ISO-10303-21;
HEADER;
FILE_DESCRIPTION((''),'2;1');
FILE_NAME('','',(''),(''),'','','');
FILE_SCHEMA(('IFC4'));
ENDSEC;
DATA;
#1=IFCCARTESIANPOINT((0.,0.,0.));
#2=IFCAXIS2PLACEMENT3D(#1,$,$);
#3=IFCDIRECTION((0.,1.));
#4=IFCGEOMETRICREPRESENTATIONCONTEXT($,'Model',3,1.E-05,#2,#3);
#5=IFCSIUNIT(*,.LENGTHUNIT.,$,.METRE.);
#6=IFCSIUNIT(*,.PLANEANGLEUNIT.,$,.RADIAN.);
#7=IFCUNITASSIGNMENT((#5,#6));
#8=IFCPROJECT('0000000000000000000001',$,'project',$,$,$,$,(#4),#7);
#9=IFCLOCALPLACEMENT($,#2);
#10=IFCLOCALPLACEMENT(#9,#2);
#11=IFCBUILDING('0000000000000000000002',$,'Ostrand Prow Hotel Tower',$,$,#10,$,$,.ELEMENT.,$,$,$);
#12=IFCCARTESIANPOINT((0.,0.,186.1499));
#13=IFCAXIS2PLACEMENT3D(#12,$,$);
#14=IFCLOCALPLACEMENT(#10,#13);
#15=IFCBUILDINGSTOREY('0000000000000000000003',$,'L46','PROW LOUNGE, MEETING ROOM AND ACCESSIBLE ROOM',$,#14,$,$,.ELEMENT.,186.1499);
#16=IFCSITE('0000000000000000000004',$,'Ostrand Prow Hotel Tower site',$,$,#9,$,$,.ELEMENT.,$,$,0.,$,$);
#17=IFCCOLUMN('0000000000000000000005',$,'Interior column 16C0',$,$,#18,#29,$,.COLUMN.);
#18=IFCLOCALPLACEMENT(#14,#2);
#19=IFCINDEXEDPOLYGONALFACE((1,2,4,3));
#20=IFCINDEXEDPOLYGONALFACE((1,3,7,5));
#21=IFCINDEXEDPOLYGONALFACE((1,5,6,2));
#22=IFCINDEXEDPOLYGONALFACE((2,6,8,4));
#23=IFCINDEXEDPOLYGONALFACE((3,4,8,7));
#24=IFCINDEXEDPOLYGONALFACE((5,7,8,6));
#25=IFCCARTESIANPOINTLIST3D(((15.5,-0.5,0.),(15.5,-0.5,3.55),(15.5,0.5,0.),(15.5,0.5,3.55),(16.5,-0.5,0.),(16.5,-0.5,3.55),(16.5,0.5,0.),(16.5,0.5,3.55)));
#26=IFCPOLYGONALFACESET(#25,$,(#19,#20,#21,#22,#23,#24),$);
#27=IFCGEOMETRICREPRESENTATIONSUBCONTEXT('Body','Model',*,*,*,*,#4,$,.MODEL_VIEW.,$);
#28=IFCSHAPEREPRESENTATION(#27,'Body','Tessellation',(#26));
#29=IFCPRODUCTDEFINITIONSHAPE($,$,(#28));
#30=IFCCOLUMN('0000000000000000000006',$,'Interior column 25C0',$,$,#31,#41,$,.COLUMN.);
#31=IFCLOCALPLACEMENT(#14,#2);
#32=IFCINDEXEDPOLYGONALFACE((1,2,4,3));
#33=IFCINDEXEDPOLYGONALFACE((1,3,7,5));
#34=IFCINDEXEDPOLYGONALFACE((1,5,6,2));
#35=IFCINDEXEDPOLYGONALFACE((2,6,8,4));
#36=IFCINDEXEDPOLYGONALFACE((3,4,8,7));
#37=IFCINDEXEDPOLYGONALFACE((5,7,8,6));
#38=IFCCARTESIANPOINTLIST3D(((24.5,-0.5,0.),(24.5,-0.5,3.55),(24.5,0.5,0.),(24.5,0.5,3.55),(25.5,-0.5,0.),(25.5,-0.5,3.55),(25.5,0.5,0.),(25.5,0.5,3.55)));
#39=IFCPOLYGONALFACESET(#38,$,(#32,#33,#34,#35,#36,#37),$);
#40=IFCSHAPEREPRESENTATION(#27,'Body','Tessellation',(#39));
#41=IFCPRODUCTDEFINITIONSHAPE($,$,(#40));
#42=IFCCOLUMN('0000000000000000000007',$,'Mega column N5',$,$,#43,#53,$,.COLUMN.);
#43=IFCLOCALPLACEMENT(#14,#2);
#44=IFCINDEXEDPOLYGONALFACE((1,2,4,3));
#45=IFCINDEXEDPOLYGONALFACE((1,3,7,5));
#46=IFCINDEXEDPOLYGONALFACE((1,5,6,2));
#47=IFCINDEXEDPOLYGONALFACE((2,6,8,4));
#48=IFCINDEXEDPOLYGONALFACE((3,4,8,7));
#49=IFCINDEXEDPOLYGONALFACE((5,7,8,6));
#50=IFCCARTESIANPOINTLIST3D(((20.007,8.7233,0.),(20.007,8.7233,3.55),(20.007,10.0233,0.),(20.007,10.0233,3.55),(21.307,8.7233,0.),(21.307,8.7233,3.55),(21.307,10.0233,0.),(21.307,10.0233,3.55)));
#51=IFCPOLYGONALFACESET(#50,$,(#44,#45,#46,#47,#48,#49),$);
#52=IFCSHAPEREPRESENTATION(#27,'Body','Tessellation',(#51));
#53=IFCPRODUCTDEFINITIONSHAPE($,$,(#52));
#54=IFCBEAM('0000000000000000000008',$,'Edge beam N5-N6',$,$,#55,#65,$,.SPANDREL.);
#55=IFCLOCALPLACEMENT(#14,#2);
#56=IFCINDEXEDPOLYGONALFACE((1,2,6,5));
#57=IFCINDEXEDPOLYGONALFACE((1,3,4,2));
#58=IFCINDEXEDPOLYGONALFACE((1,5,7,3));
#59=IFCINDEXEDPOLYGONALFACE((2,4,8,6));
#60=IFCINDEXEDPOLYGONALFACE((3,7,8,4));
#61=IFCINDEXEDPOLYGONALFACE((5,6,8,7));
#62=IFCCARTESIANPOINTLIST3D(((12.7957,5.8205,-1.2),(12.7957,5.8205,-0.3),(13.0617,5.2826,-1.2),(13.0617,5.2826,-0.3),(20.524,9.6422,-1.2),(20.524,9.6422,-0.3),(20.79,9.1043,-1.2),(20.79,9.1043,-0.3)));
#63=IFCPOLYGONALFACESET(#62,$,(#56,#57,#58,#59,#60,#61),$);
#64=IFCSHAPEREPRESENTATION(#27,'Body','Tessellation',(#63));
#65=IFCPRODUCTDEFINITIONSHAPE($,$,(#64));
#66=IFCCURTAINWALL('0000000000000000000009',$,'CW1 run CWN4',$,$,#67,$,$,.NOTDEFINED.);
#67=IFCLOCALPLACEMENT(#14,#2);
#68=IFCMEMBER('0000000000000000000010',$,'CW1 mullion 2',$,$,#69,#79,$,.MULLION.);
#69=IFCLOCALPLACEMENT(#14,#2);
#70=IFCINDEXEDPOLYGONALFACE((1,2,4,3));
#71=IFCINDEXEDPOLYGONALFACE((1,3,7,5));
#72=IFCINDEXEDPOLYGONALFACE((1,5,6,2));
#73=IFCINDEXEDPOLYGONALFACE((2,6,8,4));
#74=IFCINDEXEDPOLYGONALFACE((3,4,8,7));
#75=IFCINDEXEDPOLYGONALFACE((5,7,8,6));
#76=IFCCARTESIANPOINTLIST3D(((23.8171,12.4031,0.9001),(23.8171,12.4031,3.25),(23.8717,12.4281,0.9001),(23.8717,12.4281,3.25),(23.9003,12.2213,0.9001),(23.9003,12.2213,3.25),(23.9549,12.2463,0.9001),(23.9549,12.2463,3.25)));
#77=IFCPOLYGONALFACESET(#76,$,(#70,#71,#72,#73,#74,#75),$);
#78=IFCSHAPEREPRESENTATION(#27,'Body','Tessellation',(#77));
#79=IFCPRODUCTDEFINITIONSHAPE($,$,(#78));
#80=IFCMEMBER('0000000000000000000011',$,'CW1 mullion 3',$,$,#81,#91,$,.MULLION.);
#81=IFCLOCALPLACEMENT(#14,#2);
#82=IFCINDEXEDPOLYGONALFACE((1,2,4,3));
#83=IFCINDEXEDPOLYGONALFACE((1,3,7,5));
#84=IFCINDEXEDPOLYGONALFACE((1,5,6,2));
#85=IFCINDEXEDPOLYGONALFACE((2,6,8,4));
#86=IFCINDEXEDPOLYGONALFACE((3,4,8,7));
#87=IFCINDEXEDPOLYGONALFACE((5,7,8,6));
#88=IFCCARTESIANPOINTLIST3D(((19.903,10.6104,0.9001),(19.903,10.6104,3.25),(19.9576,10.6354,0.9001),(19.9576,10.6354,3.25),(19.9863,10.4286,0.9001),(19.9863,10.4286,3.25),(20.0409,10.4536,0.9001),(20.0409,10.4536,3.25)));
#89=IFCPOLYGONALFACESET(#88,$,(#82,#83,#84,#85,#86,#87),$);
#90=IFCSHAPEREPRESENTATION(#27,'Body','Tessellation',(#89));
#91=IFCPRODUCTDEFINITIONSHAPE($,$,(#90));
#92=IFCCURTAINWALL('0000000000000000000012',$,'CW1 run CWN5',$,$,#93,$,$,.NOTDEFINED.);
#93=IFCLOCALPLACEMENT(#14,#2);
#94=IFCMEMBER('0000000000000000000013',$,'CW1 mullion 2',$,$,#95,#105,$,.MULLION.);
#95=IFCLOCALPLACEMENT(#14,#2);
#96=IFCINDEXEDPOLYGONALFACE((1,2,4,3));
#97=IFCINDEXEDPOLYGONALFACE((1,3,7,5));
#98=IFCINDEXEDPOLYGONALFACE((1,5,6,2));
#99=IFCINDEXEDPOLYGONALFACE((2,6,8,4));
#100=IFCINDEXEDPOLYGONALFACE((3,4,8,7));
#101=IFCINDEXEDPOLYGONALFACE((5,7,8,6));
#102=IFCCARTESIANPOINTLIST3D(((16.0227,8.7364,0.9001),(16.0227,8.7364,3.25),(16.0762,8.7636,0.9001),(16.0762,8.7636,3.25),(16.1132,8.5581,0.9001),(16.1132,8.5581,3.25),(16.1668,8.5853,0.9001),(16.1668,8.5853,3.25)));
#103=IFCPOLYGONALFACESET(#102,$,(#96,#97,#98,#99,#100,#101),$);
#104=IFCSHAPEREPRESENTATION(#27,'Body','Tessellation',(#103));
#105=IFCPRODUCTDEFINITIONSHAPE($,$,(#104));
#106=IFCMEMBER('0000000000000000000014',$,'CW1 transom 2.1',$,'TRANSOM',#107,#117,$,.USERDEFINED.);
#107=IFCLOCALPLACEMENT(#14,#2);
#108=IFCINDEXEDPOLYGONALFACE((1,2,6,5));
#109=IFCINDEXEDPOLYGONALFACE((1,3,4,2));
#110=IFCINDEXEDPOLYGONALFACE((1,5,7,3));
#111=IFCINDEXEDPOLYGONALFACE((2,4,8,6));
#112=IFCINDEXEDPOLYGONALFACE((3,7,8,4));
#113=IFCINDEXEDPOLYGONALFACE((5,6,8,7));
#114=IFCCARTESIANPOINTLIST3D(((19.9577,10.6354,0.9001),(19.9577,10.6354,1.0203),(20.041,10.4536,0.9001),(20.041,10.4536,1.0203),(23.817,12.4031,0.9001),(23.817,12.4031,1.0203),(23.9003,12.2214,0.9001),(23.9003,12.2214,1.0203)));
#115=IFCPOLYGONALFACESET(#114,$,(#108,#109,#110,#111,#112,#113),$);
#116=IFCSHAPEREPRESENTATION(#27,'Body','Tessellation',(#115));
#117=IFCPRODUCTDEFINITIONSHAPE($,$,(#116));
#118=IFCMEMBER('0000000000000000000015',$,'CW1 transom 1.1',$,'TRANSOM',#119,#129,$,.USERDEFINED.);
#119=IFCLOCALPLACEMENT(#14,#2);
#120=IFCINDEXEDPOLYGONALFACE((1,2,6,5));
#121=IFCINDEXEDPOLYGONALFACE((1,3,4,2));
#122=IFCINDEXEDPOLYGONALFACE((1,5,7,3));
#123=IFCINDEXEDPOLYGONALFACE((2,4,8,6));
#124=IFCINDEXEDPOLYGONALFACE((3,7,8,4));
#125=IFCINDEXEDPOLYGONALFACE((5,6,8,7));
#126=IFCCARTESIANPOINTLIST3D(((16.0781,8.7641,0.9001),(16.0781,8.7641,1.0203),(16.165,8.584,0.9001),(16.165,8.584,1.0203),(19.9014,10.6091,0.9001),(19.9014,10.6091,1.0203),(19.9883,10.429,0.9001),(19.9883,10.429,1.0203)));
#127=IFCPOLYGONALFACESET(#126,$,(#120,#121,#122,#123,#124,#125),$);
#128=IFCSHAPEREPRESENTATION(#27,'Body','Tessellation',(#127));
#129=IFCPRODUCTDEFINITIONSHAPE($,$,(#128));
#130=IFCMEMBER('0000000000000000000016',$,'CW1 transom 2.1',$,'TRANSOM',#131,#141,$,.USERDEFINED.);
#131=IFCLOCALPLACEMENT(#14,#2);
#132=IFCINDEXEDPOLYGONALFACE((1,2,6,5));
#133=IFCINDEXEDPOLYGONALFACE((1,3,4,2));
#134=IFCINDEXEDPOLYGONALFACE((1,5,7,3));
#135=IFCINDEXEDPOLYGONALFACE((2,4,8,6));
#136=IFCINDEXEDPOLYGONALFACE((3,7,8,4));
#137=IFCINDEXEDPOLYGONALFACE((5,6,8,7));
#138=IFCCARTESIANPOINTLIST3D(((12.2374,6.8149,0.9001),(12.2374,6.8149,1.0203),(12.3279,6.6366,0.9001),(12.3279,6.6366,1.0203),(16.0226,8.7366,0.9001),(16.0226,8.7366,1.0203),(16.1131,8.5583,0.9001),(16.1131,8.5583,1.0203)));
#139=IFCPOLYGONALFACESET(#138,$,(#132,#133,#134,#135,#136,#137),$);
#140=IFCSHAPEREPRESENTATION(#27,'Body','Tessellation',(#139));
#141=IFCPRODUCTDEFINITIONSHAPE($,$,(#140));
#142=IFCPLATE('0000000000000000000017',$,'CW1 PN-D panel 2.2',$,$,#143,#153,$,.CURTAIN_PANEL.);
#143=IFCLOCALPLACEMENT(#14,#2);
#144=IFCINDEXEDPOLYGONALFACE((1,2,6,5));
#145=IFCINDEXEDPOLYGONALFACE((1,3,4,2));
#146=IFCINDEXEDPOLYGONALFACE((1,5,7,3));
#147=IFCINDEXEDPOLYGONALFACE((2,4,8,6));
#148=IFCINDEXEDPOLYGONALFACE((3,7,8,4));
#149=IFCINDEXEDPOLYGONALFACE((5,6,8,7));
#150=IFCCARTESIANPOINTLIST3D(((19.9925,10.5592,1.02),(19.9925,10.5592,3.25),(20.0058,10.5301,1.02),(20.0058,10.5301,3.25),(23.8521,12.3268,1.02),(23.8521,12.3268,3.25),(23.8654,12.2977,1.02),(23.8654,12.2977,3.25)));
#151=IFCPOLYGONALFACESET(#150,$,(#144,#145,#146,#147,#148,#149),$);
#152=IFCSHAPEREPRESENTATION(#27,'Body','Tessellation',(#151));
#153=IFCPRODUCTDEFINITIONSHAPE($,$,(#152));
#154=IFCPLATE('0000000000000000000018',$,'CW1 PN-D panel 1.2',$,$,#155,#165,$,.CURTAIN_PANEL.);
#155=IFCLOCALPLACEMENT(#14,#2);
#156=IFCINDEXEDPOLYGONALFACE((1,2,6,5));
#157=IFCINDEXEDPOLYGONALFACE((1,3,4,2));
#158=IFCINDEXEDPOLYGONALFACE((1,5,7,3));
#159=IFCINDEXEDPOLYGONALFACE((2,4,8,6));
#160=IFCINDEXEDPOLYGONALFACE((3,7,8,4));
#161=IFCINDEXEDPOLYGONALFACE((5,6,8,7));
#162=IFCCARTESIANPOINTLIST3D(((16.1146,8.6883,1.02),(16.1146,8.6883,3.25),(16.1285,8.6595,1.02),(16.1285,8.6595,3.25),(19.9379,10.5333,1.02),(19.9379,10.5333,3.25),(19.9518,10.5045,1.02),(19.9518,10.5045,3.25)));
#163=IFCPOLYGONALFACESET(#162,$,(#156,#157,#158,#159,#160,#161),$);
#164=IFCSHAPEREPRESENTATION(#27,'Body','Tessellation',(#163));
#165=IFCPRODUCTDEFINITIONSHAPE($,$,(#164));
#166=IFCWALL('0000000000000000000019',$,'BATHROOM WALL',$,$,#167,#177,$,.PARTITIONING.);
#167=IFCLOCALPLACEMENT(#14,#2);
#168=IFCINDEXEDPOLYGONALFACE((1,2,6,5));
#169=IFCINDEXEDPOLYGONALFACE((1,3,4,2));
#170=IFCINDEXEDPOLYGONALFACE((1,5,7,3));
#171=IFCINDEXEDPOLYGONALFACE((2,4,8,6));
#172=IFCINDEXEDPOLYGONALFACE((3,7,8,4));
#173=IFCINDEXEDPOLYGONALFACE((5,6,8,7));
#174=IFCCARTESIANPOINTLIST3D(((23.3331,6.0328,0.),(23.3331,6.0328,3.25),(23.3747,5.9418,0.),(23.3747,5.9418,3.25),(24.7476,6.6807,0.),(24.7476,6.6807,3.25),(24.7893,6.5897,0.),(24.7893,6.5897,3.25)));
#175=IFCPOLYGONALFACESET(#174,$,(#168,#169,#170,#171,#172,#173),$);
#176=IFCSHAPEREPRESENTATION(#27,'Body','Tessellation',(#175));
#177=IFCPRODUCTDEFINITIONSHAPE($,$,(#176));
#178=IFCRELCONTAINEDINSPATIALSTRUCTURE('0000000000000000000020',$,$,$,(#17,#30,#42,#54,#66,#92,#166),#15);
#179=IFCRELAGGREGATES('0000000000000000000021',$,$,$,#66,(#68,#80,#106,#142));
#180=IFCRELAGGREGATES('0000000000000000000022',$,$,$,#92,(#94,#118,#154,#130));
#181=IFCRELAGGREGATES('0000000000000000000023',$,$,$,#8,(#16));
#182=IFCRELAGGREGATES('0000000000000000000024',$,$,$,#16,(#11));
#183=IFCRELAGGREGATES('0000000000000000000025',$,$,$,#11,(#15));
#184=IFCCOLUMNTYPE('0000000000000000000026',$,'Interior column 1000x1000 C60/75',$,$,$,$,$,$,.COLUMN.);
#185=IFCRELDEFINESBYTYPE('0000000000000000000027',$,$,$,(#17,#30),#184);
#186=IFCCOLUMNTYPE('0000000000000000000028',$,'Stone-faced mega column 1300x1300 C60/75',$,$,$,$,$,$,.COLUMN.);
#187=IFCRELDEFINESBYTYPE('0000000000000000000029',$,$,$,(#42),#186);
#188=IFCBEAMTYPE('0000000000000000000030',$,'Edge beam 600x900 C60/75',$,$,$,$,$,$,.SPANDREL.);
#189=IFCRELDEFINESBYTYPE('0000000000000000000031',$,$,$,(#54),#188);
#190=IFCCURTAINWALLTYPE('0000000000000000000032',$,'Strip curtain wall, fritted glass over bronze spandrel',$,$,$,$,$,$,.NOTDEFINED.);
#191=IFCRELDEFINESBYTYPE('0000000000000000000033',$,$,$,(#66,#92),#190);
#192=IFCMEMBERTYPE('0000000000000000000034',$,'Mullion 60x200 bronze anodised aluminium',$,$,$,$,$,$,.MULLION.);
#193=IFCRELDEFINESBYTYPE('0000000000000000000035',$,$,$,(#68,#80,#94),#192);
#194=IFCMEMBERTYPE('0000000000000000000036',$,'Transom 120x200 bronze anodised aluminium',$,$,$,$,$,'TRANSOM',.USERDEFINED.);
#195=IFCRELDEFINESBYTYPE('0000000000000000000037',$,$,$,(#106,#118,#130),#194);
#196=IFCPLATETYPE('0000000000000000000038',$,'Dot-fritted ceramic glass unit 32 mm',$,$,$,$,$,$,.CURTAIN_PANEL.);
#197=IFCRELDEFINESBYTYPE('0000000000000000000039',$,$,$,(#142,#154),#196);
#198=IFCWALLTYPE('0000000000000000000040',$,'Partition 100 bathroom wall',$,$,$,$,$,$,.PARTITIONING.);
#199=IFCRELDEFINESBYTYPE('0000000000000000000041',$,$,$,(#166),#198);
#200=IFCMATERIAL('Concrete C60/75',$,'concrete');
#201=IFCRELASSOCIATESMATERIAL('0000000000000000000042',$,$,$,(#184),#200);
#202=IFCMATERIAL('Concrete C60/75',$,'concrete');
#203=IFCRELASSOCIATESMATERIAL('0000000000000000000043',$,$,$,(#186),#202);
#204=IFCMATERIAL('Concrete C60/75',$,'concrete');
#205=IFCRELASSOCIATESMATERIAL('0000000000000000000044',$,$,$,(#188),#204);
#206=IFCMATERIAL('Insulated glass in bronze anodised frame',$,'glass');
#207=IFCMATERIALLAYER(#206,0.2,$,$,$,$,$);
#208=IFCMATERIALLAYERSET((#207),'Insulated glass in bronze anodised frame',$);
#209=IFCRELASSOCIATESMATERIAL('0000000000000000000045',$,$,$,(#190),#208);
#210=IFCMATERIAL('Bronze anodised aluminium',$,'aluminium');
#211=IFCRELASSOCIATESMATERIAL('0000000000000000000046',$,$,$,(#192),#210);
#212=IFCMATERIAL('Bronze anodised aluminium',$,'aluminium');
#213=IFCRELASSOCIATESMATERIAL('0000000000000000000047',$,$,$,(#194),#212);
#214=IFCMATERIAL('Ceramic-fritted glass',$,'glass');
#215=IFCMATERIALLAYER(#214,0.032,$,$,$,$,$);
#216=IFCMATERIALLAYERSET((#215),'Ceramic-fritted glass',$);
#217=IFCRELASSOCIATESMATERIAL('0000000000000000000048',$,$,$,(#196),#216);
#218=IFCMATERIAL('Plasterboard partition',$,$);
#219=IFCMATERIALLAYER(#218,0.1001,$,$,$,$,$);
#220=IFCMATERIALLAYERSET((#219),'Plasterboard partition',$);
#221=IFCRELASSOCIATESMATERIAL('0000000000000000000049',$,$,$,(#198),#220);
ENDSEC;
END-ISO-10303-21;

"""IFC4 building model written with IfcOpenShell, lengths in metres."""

from ifc_helpers import new_model, si_unit, direction, frame, frame_2d, origin, origin_2d, place, context, subcontext, project, spatial, rectangle, extrude, material, layer, layer_set, material_profile, profile_set, type_object, element, aggregate, save


model = new_model("IFC4")

# Units and contexts
model_context = context("Model", 3, precision=1e-05, world=origin(), true_north=direction((0.0, 1.0)))
body_context = subcontext(model_context, "Body", "Model", "MODEL_VIEW")
ifc_project = project(units=[si_unit("LENGTHUNIT", "METRE"), si_unit("PLANEANGLEUNIT", "RADIAN")], contexts=[model_context])

# Site, building, storey
site_placement = place(None, origin())
site = spatial("IfcSite", under=ifc_project, at=site_placement, Name="Ostrand Prow Hotel Tower site", CompositionType="ELEMENT", RefElevation=0.0)
building_placement = place(site_placement, origin())
building = spatial("IfcBuilding", under=site, at=building_placement, Name="Ostrand Prow Hotel Tower", CompositionType="ELEMENT")
storey_placement = place(building_placement, frame((0.0, 0.0, 186.1499)))
storey = spatial("IfcBuildingStorey", under=building, at=storey_placement, Name="L46", Description="PROW LOUNGE, MEETING ROOM AND ACCESSIBLE ROOM", CompositionType="ELEMENT", Elevation=186.1499)

# Columns
ifc_material_1 = material(Name="Concrete C60/75", Category="concrete")
ifc_material_profile_1 = material_profile(ifc_material_1, rectangle(XDim=1.0, YDim=1.0, at=origin_2d()), Name="RC 1000x1000")
ifc_profile_set_1 = profile_set([ifc_material_profile_1], Name="Concrete C60/75")
column_type_1 = type_object("IfcColumnType", Name="Interior column 1000x1000 C60/75", PredefinedType="COLUMN", material=ifc_profile_set_1)
for number, where, z_axis, x_axis, name in (
    (1, (16.0, 0.0, 0.0), (0.0, 0.0, 1.0), (1.0, 0.0, 0.0), "Interior column 16C0"),
    (2, (25.0, 0.0, 0.0), (0.0, 0.0, 1.0), (1.0, 0.0, 0.0), "Interior column 25C0"),
):
    element("IfcColumn", number, at=place(storey_placement, frame(where, z_axis=z_axis, x_axis=x_axis)), inside=storey, type_object=column_type_1, Name=name, PredefinedType="COLUMN", context=body_context, shape_type="SweptSolid", body=[
        extrude(rectangle(XDim=1.0, YDim=1.0, at=origin_2d()), origin(), (0.0, 0.0, 1.0), 3.55),
    ])
ifc_material_2 = material(Name="Concrete C60/75", Category="concrete")
ifc_material_profile_2 = material_profile(ifc_material_2, rectangle(XDim=1.3, YDim=1.3, at=origin_2d()), Name="RC 1300x1300")
ifc_profile_set_2 = profile_set([ifc_material_profile_2], Name="Concrete C60/75")
column_type_2 = type_object("IfcColumnType", Name="Stone-faced mega column 1300x1300 C60/75", PredefinedType="COLUMN", material=ifc_profile_set_2)
column_placement = place(storey_placement, frame((20.657, 9.3733, 0.0), z_axis=(0.0, 0.0, 1.0), x_axis=(1.0, 0.0, 0.0)))
element("IfcColumn", 3, at=column_placement, inside=storey, type_object=column_type_2, Name="Mega column N5", PredefinedType="COLUMN", context=body_context, shape_type="SweptSolid", body=[
    extrude(rectangle(XDim=1.3, YDim=1.3, at=origin_2d()), origin(), (0.0, 0.0, 1.0), 3.55),
])

# Beam
ifc_material_3 = material(Name="Concrete C60/75", Category="concrete")
ifc_material_profile_3 = material_profile(ifc_material_3, rectangle(XDim=0.6001, YDim=0.8999, at=origin_2d()), Name="RC 600x900")
ifc_profile_set_3 = profile_set([ifc_material_profile_3], Name="Concrete C60/75")
beam_type = type_object("IfcBeamType", Name="Edge beam 600x900 C60/75", PredefinedType="SPANDREL", material=ifc_profile_set_3)
beam_placement = place(storey_placement, frame((20.657, 9.3733, -0.75), z_axis=(-0.896384, -0.443279, 0.0), x_axis=(0.443279, -0.896384, 0.0)))
element("IfcBeam", 4, at=beam_placement, inside=storey, type_object=beam_type, Name="Edge beam N5-N6", PredefinedType="SPANDREL", context=body_context, shape_type="SweptSolid", body=[
    extrude(rectangle(XDim=0.6001, YDim=0.8999, at=origin_2d()), origin(), (0.0, 0.0, 1.0), 8.6216),
])

# Curtain wall, members
ifc_material_4 = material(Name="Insulated glass in bronze anodised frame", Category="glass")
ifc_layer_1 = layer(ifc_material_4, 0.2)
ifc_layer_set_1 = layer_set([ifc_layer_1], Name="Insulated glass in bronze anodised frame")
curtain_wall_type = type_object("IfcCurtainWallType", Name="Strip curtain wall, fritted glass over bronze spandrel", PredefinedType="NOTDEFINED", material=ifc_layer_set_1)
curtain_wall_1_placement = place(storey_placement, origin())
curtain_wall_1 = element("IfcCurtainWall", 5, at=curtain_wall_1_placement, inside=storey, type_object=curtain_wall_type, Name="CW1 run CWN4", PredefinedType="NOTDEFINED")
ifc_material_5 = material(Name="Bronze anodised aluminium", Category="aluminium")
ifc_material_profile_4 = material_profile(ifc_material_5, rectangle(XDim=0.2, YDim=0.0601, at=origin_2d()), Name="Mullion 60x200 bronze anodised aluminium")
ifc_profile_set_4 = profile_set([ifc_material_profile_4], Name="Bronze anodised aluminium")
member_type_1 = type_object("IfcMemberType", Name="Mullion 60x200 bronze anodised aluminium", PredefinedType="MULLION", material=ifc_profile_set_4)
member_1_placement = place(storey_placement, frame((23.886, 12.3247, 0.9001), z_axis=(0.0, 0.0, 1.0), x_axis=(0.416393, -0.909185, 0.0)))
member_1 = element("IfcMember", 6, at=member_1_placement, type_object=member_type_1, Name="CW1 mullion 2", PredefinedType="MULLION", context=body_context, shape_type="SweptSolid", body=[
    extrude(rectangle(XDim=0.2, YDim=0.0601, at=origin_2d()), origin(), (0.0, 0.0, 1.0), 2.3499),
])
member_2_placement = place(storey_placement, frame((19.9719, 10.532, 0.9001), z_axis=(0.0, 0.0, 1.0), x_axis=(0.416393, -0.909185, 0.0)))
member_2 = element("IfcMember", 7, at=member_2_placement, type_object=member_type_1, Name="CW1 mullion 3", PredefinedType="MULLION", context=body_context, shape_type="SweptSolid", body=[
    extrude(rectangle(XDim=0.2, YDim=0.0601, at=origin_2d()), origin(), (0.0, 0.0, 1.0), 2.3499),
])

# Curtain wall, member
curtain_wall_2_placement = place(storey_placement, origin())
curtain_wall_2 = element("IfcCurtainWall", 8, at=curtain_wall_2_placement, inside=storey, type_object=curtain_wall_type, Name="CW1 run CWN5", PredefinedType="NOTDEFINED")
member_3_placement = place(storey_placement, frame((16.0947, 8.6609, 0.9001), z_axis=(0.0, 0.0, 1.0), x_axis=(0.452659, -0.891684, 0.0)))
member_3 = element("IfcMember", 9, at=member_3_placement, type_object=member_type_1, Name="CW1 mullion 2", PredefinedType="MULLION", context=body_context, shape_type="SweptSolid", body=[
    extrude(rectangle(XDim=0.2, YDim=0.0601, at=origin_2d()), origin(), (0.0, 0.0, 1.0), 2.3499),
])

# Members
ifc_material_6 = material(Name="Bronze anodised aluminium", Category="aluminium")
ifc_material_profile_5 = material_profile(ifc_material_6, rectangle(XDim=0.2, YDim=0.1201, at=origin_2d()), Name="Transom 120x200 bronze anodised aluminium")
ifc_profile_set_5 = profile_set([ifc_material_profile_5], Name="Bronze anodised aluminium")
member_type_2 = type_object("IfcMemberType", Name="Transom 120x200 bronze anodised aluminium", ElementType="TRANSOM", PredefinedType="USERDEFINED", material=ifc_profile_set_5)
member_4_placement = place(storey_placement, frame((23.8586, 12.3123, 0.9602), z_axis=(-0.909159, -0.416449, 0.0), x_axis=(0.416449, -0.909159, 0.0)))
member_4 = element("IfcMember", 10, at=member_4_placement, type_object=member_type_2, Name="CW1 transom 2.1", ObjectType="TRANSOM", PredefinedType="USERDEFINED", context=body_context, shape_type="SweptSolid", body=[
    extrude(rectangle(XDim=0.2, YDim=0.1201, at=origin_2d()), origin(), (0.0, 0.0, 1.0), 4.2449),
])
member_5_placement = place(storey_placement, frame((19.9448, 10.519, 0.9602), z_axis=(-0.900619, -0.434609, 0.0), x_axis=(0.434609, -0.900619, 0.0)))
member_5 = element("IfcMember", 11, at=member_5_placement, type_object=member_type_2, Name="CW1 transom 1.1", ObjectType="TRANSOM", PredefinedType="USERDEFINED", context=body_context, shape_type="SweptSolid", body=[
    extrude(rectangle(XDim=0.2, YDim=0.1201, at=origin_2d()), origin(), (0.0, 0.0, 1.0), 4.2451),
])
member_6_placement = place(storey_placement, frame((16.0679, 8.6475, 0.9602), z_axis=(-0.891673, -0.45268, 0.0), x_axis=(0.45268, -0.891673, 0.0)))
member_6 = element("IfcMember", 12, at=member_6_placement, type_object=member_type_2, Name="CW1 transom 2.1", ObjectType="TRANSOM", PredefinedType="USERDEFINED", context=body_context, shape_type="SweptSolid", body=[
    extrude(rectangle(XDim=0.2, YDim=0.1201, at=origin_2d()), origin(), (0.0, 0.0, 1.0), 4.2451),
])

# Plates
ifc_material_7 = material(Name="Ceramic-fritted glass", Category="glass")
ifc_layer_2 = layer(ifc_material_7, 0.032)
ifc_layer_set_2 = layer_set([ifc_layer_2], Name="Ceramic-fritted glass")
plate_type = type_object("IfcPlateType", Name="Dot-fritted ceramic glass unit 32 mm", PredefinedType="CURTAIN_PANEL", material=ifc_layer_set_2)
plate_1_placement = place(storey_placement, frame((21.929, 11.4285, 1.02), z_axis=(0.0, 0.0, 1.0), x_axis=(-0.909185, -0.416393, 0.0)))
plate_1 = element("IfcPlate", 13, at=plate_1_placement, type_object=plate_type, Name="CW1 PN-D panel 2.2", PredefinedType="CURTAIN_PANEL", context=body_context, shape_type="SweptSolid", body=[
    extrude(rectangle(XDim=4.2451, YDim=0.032, at=origin_2d()), origin(), (0.0, 0.0, 1.0), 2.23),
])
aggregate(curtain_wall_1, [member_1, member_2, member_4, plate_1])
plate_2_placement = place(storey_placement, frame((18.0332, 9.5964, 1.02), z_axis=(0.0, 0.0, 1.0), x_axis=(-0.900616, -0.434615, 0.0)))
plate_2 = element("IfcPlate", 14, at=plate_2_placement, type_object=plate_type, Name="CW1 PN-D panel 1.2", PredefinedType="CURTAIN_PANEL", context=body_context, shape_type="SweptSolid", body=[
    extrude(rectangle(XDim=4.2451, YDim=0.032, at=origin_2d()), origin(), (0.0, 0.0, 1.0), 2.23),
])
aggregate(curtain_wall_2, [member_3, member_5, plate_2, member_6])

# Wall
ifc_material_8 = material(Name="Plasterboard partition")
ifc_layer_3 = layer(ifc_material_8, 0.1001)
ifc_layer_set_3 = layer_set([ifc_layer_3], Name="Plasterboard partition")
wall_type_1 = type_object("IfcWallType", Name="Partition 100 bathroom wall", PredefinedType="PARTITIONING", material=ifc_layer_set_3)
wall_1_placement = place(storey_placement, frame((23.354, 5.9873, 0.0), z_axis=(0.0, 0.0, 1.0), x_axis=(0.909159, 0.416449, 0.0)))
element("IfcWall", 15, at=wall_1_placement, inside=storey, type_object=wall_type_1, Name="BATHROOM WALL", PredefinedType="PARTITIONING", context=body_context, shape_type="SweptSolid", body=[
    extrude(rectangle(XDim=1.5559, YDim=0.1001, at=frame_2d((0.7778, 0.0))), origin(), (0.0, 0.0, 1.0), 3.25),
])

save(model, "model.ifc")
